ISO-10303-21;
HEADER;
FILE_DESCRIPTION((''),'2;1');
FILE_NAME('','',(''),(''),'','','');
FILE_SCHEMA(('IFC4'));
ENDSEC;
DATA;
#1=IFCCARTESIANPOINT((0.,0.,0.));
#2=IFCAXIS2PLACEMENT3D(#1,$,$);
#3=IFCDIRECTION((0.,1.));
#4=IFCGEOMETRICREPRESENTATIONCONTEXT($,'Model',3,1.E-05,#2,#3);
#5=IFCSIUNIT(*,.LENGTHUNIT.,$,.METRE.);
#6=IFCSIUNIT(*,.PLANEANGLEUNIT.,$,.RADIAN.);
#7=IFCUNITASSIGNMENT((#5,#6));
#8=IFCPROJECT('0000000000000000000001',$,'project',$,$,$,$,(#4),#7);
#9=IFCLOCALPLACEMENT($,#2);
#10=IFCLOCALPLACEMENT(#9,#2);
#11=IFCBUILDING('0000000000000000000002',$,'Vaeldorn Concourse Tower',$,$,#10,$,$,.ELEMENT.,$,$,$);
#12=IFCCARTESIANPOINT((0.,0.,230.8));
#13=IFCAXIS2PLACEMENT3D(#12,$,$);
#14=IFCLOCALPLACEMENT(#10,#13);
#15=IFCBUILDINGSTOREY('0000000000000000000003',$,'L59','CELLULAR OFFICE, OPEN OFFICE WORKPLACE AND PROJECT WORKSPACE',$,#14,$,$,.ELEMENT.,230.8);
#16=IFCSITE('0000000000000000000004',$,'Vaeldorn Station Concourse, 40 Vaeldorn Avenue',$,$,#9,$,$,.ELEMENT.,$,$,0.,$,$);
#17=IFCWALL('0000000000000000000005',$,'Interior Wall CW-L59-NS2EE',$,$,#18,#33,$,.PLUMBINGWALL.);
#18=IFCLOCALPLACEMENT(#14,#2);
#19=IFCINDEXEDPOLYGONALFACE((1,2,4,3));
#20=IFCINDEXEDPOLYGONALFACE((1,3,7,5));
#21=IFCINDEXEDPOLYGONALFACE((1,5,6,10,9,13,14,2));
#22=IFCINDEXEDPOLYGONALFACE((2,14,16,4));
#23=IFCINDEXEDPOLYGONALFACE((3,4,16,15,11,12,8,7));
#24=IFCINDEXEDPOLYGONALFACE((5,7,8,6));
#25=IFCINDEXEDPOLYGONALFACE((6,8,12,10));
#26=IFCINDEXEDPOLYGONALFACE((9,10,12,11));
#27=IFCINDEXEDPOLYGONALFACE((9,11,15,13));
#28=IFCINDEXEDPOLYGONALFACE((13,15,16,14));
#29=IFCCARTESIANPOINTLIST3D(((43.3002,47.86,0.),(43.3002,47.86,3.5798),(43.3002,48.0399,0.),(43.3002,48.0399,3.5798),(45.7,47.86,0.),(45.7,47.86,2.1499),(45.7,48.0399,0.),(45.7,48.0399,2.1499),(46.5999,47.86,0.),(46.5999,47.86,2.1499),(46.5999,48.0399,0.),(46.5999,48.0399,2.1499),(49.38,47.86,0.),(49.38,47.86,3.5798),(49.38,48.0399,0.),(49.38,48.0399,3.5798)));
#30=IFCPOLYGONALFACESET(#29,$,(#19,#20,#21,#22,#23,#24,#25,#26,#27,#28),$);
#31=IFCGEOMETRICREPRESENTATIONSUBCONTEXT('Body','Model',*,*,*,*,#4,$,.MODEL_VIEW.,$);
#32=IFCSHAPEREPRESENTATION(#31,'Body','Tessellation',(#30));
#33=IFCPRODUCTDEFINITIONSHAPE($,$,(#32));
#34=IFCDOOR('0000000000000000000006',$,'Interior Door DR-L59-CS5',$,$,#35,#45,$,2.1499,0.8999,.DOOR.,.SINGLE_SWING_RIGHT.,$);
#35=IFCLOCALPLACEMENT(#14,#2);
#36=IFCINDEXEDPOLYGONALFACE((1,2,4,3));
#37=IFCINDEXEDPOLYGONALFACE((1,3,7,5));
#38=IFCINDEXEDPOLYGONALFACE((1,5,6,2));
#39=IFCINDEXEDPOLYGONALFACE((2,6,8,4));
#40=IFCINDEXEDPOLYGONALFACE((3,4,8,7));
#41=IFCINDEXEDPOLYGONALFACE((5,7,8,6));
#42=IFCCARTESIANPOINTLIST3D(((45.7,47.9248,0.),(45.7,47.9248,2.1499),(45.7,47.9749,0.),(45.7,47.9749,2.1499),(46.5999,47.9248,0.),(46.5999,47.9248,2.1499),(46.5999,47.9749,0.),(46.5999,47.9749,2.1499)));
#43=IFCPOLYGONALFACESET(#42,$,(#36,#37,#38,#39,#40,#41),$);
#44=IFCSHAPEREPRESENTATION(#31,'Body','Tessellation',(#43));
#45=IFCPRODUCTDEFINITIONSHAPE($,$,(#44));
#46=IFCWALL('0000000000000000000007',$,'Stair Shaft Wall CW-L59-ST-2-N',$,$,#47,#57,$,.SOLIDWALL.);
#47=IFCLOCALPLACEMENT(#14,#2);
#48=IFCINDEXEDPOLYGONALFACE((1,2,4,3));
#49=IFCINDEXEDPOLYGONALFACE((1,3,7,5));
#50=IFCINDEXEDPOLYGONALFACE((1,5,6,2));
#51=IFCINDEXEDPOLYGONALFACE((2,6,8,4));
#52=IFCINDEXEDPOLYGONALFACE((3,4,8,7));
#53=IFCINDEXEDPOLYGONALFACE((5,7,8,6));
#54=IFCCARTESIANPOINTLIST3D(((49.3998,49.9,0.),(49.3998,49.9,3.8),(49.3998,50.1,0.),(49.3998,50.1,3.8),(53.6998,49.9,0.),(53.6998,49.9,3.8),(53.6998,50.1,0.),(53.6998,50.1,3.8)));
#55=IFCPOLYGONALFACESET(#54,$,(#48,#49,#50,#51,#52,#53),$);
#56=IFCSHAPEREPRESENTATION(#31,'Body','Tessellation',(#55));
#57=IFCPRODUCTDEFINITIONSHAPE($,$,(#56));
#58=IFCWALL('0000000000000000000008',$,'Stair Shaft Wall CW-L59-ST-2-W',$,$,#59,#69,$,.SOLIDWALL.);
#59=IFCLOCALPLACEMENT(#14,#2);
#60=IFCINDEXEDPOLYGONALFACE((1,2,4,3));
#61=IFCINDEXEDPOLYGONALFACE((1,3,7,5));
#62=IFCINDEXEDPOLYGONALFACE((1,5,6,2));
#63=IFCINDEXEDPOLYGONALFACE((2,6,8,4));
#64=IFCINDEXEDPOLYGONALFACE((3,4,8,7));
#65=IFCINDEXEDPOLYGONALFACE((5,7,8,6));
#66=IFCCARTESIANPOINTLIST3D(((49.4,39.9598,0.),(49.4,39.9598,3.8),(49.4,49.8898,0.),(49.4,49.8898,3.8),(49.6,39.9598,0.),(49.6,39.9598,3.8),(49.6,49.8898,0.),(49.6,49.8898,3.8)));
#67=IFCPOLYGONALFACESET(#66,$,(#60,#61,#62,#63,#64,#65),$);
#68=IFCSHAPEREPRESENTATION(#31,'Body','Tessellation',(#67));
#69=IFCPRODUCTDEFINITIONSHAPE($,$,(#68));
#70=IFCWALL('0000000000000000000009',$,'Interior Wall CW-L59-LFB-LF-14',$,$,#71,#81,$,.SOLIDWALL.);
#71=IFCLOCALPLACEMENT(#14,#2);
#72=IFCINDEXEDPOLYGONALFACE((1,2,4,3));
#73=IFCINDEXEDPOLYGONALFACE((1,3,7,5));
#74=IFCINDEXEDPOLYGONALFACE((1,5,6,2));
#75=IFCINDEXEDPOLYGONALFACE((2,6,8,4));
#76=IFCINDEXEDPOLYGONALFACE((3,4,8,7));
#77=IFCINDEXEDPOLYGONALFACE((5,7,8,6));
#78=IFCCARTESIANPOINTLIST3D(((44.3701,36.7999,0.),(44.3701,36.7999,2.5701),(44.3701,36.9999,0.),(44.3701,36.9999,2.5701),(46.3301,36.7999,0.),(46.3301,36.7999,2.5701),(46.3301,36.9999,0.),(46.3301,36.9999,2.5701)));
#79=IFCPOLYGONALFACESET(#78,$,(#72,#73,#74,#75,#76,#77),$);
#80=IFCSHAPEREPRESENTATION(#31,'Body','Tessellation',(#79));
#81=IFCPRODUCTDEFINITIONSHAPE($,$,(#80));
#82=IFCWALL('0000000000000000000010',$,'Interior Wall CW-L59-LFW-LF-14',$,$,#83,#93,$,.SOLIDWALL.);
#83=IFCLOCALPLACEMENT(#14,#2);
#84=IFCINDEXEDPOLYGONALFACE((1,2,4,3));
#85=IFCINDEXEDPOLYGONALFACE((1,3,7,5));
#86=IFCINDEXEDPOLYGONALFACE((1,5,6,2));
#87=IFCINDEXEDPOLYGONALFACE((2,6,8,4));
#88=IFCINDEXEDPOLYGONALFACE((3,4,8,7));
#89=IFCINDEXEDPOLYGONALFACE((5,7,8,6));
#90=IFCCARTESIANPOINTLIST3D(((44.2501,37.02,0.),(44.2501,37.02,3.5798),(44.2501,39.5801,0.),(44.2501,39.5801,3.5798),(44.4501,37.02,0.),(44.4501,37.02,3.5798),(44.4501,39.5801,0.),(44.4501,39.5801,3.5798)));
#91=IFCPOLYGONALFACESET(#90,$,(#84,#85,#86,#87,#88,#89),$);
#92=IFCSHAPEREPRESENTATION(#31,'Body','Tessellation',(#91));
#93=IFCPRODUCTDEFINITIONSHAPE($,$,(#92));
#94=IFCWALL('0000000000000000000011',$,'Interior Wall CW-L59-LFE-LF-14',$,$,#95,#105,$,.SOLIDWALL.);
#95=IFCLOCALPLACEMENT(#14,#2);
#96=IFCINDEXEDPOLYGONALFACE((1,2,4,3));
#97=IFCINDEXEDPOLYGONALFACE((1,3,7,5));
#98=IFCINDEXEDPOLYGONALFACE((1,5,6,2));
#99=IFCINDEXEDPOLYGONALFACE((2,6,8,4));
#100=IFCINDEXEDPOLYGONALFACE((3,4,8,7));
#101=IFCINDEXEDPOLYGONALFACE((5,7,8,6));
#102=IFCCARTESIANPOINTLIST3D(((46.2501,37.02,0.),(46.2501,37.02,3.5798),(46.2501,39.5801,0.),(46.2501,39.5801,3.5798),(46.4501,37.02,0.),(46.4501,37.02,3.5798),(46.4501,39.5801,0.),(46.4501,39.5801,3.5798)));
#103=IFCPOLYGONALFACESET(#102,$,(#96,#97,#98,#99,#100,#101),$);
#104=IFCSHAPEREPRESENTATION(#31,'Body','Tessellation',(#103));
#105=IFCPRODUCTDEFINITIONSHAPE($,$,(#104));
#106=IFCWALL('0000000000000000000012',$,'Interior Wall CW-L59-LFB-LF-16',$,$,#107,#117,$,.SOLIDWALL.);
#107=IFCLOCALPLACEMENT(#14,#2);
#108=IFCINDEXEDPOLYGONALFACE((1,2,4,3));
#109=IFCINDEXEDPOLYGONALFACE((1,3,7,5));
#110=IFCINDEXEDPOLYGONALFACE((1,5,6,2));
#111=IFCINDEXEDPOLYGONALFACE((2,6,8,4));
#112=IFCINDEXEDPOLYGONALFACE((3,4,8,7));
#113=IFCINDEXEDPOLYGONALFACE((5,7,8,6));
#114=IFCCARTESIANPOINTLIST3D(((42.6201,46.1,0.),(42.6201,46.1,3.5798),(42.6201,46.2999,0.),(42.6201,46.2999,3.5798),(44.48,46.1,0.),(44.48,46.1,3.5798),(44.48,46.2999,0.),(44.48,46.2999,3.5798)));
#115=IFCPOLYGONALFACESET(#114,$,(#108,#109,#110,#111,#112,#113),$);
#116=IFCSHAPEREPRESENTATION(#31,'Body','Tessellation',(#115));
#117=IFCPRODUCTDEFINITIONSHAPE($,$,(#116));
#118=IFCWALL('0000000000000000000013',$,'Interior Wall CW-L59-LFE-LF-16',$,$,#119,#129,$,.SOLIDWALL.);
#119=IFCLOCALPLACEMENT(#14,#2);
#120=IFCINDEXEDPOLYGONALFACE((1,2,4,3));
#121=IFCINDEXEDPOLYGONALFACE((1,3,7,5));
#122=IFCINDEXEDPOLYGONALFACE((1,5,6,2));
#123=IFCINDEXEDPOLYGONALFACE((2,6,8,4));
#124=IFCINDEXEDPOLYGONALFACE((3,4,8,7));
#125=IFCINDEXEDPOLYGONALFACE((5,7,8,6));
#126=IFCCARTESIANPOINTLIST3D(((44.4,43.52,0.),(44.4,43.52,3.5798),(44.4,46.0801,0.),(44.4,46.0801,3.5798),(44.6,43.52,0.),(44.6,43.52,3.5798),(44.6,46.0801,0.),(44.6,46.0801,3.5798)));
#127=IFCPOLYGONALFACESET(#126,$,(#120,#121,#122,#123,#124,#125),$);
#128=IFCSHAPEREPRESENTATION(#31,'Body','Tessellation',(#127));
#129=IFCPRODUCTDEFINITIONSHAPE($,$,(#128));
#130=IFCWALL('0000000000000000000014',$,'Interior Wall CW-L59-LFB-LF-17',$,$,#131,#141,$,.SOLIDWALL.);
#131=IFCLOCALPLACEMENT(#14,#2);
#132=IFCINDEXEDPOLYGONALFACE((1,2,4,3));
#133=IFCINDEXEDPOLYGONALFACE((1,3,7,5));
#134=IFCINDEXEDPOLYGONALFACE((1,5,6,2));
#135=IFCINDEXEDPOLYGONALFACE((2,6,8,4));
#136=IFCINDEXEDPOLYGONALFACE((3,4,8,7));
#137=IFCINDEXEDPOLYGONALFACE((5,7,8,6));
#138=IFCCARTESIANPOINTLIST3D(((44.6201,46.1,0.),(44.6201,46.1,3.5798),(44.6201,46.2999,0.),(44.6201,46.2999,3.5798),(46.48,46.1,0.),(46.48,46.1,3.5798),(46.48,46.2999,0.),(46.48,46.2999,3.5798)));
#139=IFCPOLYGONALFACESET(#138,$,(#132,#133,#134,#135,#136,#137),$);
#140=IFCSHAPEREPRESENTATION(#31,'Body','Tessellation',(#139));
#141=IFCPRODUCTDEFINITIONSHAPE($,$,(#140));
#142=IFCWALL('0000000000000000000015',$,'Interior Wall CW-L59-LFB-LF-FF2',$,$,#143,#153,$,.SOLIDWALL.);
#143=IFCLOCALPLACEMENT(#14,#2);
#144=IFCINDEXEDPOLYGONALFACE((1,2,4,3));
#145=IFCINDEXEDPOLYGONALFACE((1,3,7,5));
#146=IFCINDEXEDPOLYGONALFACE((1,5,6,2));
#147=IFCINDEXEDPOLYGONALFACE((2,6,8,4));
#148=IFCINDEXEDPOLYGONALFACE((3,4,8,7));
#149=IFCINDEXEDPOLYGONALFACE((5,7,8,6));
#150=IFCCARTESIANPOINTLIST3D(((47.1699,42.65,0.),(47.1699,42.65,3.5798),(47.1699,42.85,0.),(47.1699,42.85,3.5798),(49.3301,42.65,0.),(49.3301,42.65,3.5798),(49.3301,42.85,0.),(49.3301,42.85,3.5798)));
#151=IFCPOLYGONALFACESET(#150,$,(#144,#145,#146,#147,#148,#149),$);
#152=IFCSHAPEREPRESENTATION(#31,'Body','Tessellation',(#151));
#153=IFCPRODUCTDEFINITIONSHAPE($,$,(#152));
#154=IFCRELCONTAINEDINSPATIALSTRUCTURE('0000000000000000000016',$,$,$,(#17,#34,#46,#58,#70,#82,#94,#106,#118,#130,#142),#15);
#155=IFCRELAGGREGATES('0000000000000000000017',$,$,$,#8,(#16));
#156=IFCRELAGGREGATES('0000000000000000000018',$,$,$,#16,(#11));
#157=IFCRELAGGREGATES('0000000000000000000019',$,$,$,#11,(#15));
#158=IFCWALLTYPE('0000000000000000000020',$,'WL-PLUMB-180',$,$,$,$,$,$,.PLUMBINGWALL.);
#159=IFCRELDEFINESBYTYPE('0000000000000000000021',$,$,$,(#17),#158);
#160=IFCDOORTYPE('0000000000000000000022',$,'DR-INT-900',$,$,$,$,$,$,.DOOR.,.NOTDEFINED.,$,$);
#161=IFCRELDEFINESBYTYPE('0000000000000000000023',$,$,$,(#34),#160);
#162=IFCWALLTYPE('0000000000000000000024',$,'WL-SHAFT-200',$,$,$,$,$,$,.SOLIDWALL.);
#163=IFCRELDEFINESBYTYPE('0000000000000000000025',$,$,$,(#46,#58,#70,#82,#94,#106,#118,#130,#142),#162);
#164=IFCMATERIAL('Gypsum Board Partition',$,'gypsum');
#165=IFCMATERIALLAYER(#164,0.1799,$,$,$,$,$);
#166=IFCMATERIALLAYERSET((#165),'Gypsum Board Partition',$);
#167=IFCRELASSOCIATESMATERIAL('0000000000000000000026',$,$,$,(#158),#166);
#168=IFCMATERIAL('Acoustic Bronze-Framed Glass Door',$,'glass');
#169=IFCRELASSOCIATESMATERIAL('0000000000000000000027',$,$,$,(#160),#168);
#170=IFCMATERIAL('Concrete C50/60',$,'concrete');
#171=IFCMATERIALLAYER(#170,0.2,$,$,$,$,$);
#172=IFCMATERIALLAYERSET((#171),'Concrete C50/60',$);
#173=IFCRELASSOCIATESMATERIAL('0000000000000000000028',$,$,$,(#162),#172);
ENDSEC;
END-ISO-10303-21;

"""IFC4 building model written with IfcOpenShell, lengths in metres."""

from ifc_helpers import new_model, si_unit, direction, frame, frame_2d, origin, place, context, subcontext, project, spatial, rectangle, extrude, source, transform, mapped, material, layer, layer_set, type_object, element, fill, save


model = new_model("IFC4")

# Units and contexts
model_context = context("Model", 3, precision=1e-05, world=origin(), true_north=direction((0.0, 1.0)))
body_context = subcontext(model_context, "Body", "Model", "MODEL_VIEW")
ifc_project = project(units=[si_unit("LENGTHUNIT", "METRE"), si_unit("PLANEANGLEUNIT", "RADIAN")], contexts=[model_context])

# Site, building, storey
site_placement = place(None, origin())
site = spatial("IfcSite", under=ifc_project, at=site_placement, Name="Vaeldorn Station Concourse, 40 Vaeldorn Avenue", CompositionType="ELEMENT", RefElevation=0.0)
building_placement = place(site_placement, origin())
building = spatial("IfcBuilding", under=site, at=building_placement, Name="Vaeldorn Concourse Tower", CompositionType="ELEMENT")
storey_placement = place(building_placement, frame((0.0, 0.0, 230.8)))
storey = spatial("IfcBuildingStorey", under=building, at=storey_placement, Name="L59", Description="CELLULAR OFFICE, OPEN OFFICE WORKPLACE AND PROJECT WORKSPACE", CompositionType="ELEMENT", Elevation=230.8)

# Shared definitions
ifc_material_1 = material(Name="Concrete C50/60", Category="concrete")

# Shared definitions
ifc_material_2 = material(Name="Gypsum Board Partition", Category="gypsum")

# Shared definitions
ifc_layer_1 = layer(ifc_material_2, 0.1799)
ifc_layer_set_1 = layer_set([ifc_layer_1], Name="Gypsum Board Partition")
wall_type_1 = type_object("IfcWallType", Name="WL-PLUMB-180", PredefinedType="PLUMBINGWALL", material=ifc_layer_set_1)

# Wall, opening, door
wall_1_placement = place(storey_placement, frame((43.3, 47.95, 0.0), z_axis=(0.0, 0.0, 1.0), x_axis=(1.0, 0.0, 0.0)))
wall_1 = element("IfcWall", 1, at=wall_1_placement, inside=storey, type_object=wall_type_1, Name="Interior Wall CW-L59-NS2EE", PredefinedType="PLUMBINGWALL", context=body_context, shape_type="SweptSolid", body=[
    extrude(rectangle(XDim=6.0798, YDim=0.1799, at=frame_2d((3.04, 0.0))), origin(), (0.0, 0.0, 1.0), 3.5798),
])
opening_1_placement = place(wall_1_placement, frame((2.3999, 0.0, 0.0)))
opening_1 = element("IfcOpeningElement", 2, at=opening_1_placement, cuts=wall_1, PredefinedType="OPENING", context=body_context, shape_type="SweptSolid", body=[
    extrude(rectangle(XDim=0.8999, YDim=2.1499, at=frame_2d((0.45, 1.075))), frame((0.0, 0.1001, 0.0), z_axis=(0.0, -1.0, 0.0), x_axis=(1.0, 0.0, 0.0)), (0.0, 0.0, 1.0), 0.2),
])
ifc_material_3 = material(Name="Acoustic Bronze-Framed Glass Door", Category="glass")
door_type_1 = type_object("IfcDoorType", Name="DR-INT-900", OperationType="NOTDEFINED", PredefinedType="DOOR", material=ifc_material_3)
shared_shape_1 = source(origin(), body_context, "Body", "SweptSolid", [
    extrude(rectangle(XDim=0.8999, YDim=2.1499, at=frame_2d((0.45, 1.075))), frame((0.0, 0.0249, 0.0), z_axis=(0.0, -1.0, 0.0), x_axis=(1.0, 0.0, 0.0)), (0.0, 0.0, 1.0), 0.05),
])
door_1_placement = place(opening_1_placement, origin())
door_1 = element("IfcDoor", 3, at=door_1_placement, inside=storey, type_object=door_type_1, Name="Interior Door DR-L59-CS5", OperationType="SINGLE_SWING_RIGHT", OverallHeight=2.1499, OverallWidth=0.8999, PredefinedType="DOOR", context=body_context, shape_type="MappedRepresentation", body=[
    mapped(shared_shape_1, transform((0.0, 0.0, 0.0), scale=1.0)),
])
fill(opening_1, door_1)
ifc_layer_2 = layer(ifc_material_1, 0.2)
ifc_layer_set_2 = layer_set([ifc_layer_2], Name="Concrete C50/60")
wall_type_2 = type_object("IfcWallType", Name="WL-SHAFT-200", PredefinedType="SOLIDWALL", material=ifc_layer_set_2)

# Walls
wall_2_placement = place(storey_placement, frame((49.3999, 50.0, 0.0), z_axis=(0.0, 0.0, 1.0), x_axis=(1.0, 0.0, 0.0)))
element("IfcWall", 4, at=wall_2_placement, inside=storey, type_object=wall_type_2, Name="Stair Shaft Wall CW-L59-ST-2-N", PredefinedType="SOLIDWALL", context=body_context, shape_type="SweptSolid", body=[
    extrude(rectangle(XDim=4.3, YDim=0.2, at=frame_2d((2.1499, 0.0))), origin(), (0.0, 0.0, 1.0), 3.8),
])
wall_3_placement = place(storey_placement, frame((49.5, 39.96, 0.0), z_axis=(0.0, 0.0, 1.0), x_axis=(0.0, 1.0, 0.0)))
element("IfcWall", 5, at=wall_3_placement, inside=storey, type_object=wall_type_2, Name="Stair Shaft Wall CW-L59-ST-2-W", PredefinedType="SOLIDWALL", context=body_context, shape_type="SweptSolid", body=[
    extrude(rectangle(XDim=9.9299, YDim=0.2, at=frame_2d((4.9648, 0.0))), origin(), (0.0, 0.0, 1.0), 3.8),
])

# Walls
wall_4_placement = place(storey_placement, frame((44.3701, 36.8999, 0.0), z_axis=(0.0, 0.0, 1.0), x_axis=(1.0, 0.0, 0.0)))
element("IfcWall", 6, at=wall_4_placement, inside=storey, type_object=wall_type_2, Name="Interior Wall CW-L59-LFB-LF-14", PredefinedType="SOLIDWALL", context=body_context, shape_type="SweptSolid", body=[
    extrude(rectangle(XDim=1.96, YDim=0.2, at=frame_2d((0.98, 0.0))), origin(), (0.0, 0.0, 1.0), 2.5701),
])
for number, where, z_axis, x_axis, name in (
    (7, (44.3501, 37.02, 0.0), (0.0, 0.0, 1.0), (0.0, 1.0, 0.0), "Interior Wall CW-L59-LFW-LF-14"),
    (8, (46.3501, 37.02, 0.0), (0.0, 0.0, 1.0), (0.0, 1.0, 0.0), "Interior Wall CW-L59-LFE-LF-14"),
):
    element("IfcWall", number, at=place(storey_placement, frame(where, z_axis=z_axis, x_axis=x_axis)), inside=storey, type_object=wall_type_2, Name=name, PredefinedType="SOLIDWALL", context=body_context, shape_type="SweptSolid", body=[
        extrude(rectangle(XDim=2.5601, YDim=0.2, at=frame_2d((1.28, 0.0))), origin(), (0.0, 0.0, 1.0), 3.5798),
    ])
wall_5_placement = place(storey_placement, frame((42.6201, 46.2, 0.0), z_axis=(0.0, 0.0, 1.0), x_axis=(1.0, 0.0, 0.0)))
element("IfcWall", 9, at=wall_5_placement, inside=storey, type_object=wall_type_2, Name="Interior Wall CW-L59-LFB-LF-16", PredefinedType="SOLIDWALL", context=body_context, shape_type="SweptSolid", body=[
    extrude(rectangle(XDim=1.8599, YDim=0.2, at=frame_2d((0.9299, 0.0))), origin(), (0.0, 0.0, 1.0), 3.5798),
])
wall_6_placement = place(storey_placement, frame((44.5, 43.52, 0.0), z_axis=(0.0, 0.0, 1.0), x_axis=(0.0, 1.0, 0.0)))
element("IfcWall", 10, at=wall_6_placement, inside=storey, type_object=wall_type_2, Name="Interior Wall CW-L59-LFE-LF-16", PredefinedType="SOLIDWALL", context=body_context, shape_type="SweptSolid", body=[
    extrude(rectangle(XDim=2.5601, YDim=0.2, at=frame_2d((1.28, 0.0))), origin(), (0.0, 0.0, 1.0), 3.5798),
])

# Wall
wall_7_placement = place(storey_placement, frame((44.6201, 46.2, 0.0), z_axis=(0.0, 0.0, 1.0), x_axis=(1.0, 0.0, 0.0)))
element("IfcWall", 11, at=wall_7_placement, inside=storey, type_object=wall_type_2, Name="Interior Wall CW-L59-LFB-LF-17", PredefinedType="SOLIDWALL", context=body_context, shape_type="SweptSolid", body=[
    extrude(rectangle(XDim=1.8599, YDim=0.2, at=frame_2d((0.9299, 0.0))), origin(), (0.0, 0.0, 1.0), 3.5798),
])

# Wall
wall_8_placement = place(storey_placement, frame((47.1699, 42.75, 0.0), z_axis=(0.0, 0.0, 1.0), x_axis=(1.0, 0.0, 0.0)))
element("IfcWall", 12, at=wall_8_placement, inside=storey, type_object=wall_type_2, Name="Interior Wall CW-L59-LFB-LF-FF2", PredefinedType="SOLIDWALL", context=body_context, shape_type="SweptSolid", body=[
    extrude(rectangle(XDim=2.1602, YDim=0.2, at=frame_2d((1.0801, 0.0))), origin(), (0.0, 0.0, 1.0), 3.5798),
])

save(model, "model.ifc")
